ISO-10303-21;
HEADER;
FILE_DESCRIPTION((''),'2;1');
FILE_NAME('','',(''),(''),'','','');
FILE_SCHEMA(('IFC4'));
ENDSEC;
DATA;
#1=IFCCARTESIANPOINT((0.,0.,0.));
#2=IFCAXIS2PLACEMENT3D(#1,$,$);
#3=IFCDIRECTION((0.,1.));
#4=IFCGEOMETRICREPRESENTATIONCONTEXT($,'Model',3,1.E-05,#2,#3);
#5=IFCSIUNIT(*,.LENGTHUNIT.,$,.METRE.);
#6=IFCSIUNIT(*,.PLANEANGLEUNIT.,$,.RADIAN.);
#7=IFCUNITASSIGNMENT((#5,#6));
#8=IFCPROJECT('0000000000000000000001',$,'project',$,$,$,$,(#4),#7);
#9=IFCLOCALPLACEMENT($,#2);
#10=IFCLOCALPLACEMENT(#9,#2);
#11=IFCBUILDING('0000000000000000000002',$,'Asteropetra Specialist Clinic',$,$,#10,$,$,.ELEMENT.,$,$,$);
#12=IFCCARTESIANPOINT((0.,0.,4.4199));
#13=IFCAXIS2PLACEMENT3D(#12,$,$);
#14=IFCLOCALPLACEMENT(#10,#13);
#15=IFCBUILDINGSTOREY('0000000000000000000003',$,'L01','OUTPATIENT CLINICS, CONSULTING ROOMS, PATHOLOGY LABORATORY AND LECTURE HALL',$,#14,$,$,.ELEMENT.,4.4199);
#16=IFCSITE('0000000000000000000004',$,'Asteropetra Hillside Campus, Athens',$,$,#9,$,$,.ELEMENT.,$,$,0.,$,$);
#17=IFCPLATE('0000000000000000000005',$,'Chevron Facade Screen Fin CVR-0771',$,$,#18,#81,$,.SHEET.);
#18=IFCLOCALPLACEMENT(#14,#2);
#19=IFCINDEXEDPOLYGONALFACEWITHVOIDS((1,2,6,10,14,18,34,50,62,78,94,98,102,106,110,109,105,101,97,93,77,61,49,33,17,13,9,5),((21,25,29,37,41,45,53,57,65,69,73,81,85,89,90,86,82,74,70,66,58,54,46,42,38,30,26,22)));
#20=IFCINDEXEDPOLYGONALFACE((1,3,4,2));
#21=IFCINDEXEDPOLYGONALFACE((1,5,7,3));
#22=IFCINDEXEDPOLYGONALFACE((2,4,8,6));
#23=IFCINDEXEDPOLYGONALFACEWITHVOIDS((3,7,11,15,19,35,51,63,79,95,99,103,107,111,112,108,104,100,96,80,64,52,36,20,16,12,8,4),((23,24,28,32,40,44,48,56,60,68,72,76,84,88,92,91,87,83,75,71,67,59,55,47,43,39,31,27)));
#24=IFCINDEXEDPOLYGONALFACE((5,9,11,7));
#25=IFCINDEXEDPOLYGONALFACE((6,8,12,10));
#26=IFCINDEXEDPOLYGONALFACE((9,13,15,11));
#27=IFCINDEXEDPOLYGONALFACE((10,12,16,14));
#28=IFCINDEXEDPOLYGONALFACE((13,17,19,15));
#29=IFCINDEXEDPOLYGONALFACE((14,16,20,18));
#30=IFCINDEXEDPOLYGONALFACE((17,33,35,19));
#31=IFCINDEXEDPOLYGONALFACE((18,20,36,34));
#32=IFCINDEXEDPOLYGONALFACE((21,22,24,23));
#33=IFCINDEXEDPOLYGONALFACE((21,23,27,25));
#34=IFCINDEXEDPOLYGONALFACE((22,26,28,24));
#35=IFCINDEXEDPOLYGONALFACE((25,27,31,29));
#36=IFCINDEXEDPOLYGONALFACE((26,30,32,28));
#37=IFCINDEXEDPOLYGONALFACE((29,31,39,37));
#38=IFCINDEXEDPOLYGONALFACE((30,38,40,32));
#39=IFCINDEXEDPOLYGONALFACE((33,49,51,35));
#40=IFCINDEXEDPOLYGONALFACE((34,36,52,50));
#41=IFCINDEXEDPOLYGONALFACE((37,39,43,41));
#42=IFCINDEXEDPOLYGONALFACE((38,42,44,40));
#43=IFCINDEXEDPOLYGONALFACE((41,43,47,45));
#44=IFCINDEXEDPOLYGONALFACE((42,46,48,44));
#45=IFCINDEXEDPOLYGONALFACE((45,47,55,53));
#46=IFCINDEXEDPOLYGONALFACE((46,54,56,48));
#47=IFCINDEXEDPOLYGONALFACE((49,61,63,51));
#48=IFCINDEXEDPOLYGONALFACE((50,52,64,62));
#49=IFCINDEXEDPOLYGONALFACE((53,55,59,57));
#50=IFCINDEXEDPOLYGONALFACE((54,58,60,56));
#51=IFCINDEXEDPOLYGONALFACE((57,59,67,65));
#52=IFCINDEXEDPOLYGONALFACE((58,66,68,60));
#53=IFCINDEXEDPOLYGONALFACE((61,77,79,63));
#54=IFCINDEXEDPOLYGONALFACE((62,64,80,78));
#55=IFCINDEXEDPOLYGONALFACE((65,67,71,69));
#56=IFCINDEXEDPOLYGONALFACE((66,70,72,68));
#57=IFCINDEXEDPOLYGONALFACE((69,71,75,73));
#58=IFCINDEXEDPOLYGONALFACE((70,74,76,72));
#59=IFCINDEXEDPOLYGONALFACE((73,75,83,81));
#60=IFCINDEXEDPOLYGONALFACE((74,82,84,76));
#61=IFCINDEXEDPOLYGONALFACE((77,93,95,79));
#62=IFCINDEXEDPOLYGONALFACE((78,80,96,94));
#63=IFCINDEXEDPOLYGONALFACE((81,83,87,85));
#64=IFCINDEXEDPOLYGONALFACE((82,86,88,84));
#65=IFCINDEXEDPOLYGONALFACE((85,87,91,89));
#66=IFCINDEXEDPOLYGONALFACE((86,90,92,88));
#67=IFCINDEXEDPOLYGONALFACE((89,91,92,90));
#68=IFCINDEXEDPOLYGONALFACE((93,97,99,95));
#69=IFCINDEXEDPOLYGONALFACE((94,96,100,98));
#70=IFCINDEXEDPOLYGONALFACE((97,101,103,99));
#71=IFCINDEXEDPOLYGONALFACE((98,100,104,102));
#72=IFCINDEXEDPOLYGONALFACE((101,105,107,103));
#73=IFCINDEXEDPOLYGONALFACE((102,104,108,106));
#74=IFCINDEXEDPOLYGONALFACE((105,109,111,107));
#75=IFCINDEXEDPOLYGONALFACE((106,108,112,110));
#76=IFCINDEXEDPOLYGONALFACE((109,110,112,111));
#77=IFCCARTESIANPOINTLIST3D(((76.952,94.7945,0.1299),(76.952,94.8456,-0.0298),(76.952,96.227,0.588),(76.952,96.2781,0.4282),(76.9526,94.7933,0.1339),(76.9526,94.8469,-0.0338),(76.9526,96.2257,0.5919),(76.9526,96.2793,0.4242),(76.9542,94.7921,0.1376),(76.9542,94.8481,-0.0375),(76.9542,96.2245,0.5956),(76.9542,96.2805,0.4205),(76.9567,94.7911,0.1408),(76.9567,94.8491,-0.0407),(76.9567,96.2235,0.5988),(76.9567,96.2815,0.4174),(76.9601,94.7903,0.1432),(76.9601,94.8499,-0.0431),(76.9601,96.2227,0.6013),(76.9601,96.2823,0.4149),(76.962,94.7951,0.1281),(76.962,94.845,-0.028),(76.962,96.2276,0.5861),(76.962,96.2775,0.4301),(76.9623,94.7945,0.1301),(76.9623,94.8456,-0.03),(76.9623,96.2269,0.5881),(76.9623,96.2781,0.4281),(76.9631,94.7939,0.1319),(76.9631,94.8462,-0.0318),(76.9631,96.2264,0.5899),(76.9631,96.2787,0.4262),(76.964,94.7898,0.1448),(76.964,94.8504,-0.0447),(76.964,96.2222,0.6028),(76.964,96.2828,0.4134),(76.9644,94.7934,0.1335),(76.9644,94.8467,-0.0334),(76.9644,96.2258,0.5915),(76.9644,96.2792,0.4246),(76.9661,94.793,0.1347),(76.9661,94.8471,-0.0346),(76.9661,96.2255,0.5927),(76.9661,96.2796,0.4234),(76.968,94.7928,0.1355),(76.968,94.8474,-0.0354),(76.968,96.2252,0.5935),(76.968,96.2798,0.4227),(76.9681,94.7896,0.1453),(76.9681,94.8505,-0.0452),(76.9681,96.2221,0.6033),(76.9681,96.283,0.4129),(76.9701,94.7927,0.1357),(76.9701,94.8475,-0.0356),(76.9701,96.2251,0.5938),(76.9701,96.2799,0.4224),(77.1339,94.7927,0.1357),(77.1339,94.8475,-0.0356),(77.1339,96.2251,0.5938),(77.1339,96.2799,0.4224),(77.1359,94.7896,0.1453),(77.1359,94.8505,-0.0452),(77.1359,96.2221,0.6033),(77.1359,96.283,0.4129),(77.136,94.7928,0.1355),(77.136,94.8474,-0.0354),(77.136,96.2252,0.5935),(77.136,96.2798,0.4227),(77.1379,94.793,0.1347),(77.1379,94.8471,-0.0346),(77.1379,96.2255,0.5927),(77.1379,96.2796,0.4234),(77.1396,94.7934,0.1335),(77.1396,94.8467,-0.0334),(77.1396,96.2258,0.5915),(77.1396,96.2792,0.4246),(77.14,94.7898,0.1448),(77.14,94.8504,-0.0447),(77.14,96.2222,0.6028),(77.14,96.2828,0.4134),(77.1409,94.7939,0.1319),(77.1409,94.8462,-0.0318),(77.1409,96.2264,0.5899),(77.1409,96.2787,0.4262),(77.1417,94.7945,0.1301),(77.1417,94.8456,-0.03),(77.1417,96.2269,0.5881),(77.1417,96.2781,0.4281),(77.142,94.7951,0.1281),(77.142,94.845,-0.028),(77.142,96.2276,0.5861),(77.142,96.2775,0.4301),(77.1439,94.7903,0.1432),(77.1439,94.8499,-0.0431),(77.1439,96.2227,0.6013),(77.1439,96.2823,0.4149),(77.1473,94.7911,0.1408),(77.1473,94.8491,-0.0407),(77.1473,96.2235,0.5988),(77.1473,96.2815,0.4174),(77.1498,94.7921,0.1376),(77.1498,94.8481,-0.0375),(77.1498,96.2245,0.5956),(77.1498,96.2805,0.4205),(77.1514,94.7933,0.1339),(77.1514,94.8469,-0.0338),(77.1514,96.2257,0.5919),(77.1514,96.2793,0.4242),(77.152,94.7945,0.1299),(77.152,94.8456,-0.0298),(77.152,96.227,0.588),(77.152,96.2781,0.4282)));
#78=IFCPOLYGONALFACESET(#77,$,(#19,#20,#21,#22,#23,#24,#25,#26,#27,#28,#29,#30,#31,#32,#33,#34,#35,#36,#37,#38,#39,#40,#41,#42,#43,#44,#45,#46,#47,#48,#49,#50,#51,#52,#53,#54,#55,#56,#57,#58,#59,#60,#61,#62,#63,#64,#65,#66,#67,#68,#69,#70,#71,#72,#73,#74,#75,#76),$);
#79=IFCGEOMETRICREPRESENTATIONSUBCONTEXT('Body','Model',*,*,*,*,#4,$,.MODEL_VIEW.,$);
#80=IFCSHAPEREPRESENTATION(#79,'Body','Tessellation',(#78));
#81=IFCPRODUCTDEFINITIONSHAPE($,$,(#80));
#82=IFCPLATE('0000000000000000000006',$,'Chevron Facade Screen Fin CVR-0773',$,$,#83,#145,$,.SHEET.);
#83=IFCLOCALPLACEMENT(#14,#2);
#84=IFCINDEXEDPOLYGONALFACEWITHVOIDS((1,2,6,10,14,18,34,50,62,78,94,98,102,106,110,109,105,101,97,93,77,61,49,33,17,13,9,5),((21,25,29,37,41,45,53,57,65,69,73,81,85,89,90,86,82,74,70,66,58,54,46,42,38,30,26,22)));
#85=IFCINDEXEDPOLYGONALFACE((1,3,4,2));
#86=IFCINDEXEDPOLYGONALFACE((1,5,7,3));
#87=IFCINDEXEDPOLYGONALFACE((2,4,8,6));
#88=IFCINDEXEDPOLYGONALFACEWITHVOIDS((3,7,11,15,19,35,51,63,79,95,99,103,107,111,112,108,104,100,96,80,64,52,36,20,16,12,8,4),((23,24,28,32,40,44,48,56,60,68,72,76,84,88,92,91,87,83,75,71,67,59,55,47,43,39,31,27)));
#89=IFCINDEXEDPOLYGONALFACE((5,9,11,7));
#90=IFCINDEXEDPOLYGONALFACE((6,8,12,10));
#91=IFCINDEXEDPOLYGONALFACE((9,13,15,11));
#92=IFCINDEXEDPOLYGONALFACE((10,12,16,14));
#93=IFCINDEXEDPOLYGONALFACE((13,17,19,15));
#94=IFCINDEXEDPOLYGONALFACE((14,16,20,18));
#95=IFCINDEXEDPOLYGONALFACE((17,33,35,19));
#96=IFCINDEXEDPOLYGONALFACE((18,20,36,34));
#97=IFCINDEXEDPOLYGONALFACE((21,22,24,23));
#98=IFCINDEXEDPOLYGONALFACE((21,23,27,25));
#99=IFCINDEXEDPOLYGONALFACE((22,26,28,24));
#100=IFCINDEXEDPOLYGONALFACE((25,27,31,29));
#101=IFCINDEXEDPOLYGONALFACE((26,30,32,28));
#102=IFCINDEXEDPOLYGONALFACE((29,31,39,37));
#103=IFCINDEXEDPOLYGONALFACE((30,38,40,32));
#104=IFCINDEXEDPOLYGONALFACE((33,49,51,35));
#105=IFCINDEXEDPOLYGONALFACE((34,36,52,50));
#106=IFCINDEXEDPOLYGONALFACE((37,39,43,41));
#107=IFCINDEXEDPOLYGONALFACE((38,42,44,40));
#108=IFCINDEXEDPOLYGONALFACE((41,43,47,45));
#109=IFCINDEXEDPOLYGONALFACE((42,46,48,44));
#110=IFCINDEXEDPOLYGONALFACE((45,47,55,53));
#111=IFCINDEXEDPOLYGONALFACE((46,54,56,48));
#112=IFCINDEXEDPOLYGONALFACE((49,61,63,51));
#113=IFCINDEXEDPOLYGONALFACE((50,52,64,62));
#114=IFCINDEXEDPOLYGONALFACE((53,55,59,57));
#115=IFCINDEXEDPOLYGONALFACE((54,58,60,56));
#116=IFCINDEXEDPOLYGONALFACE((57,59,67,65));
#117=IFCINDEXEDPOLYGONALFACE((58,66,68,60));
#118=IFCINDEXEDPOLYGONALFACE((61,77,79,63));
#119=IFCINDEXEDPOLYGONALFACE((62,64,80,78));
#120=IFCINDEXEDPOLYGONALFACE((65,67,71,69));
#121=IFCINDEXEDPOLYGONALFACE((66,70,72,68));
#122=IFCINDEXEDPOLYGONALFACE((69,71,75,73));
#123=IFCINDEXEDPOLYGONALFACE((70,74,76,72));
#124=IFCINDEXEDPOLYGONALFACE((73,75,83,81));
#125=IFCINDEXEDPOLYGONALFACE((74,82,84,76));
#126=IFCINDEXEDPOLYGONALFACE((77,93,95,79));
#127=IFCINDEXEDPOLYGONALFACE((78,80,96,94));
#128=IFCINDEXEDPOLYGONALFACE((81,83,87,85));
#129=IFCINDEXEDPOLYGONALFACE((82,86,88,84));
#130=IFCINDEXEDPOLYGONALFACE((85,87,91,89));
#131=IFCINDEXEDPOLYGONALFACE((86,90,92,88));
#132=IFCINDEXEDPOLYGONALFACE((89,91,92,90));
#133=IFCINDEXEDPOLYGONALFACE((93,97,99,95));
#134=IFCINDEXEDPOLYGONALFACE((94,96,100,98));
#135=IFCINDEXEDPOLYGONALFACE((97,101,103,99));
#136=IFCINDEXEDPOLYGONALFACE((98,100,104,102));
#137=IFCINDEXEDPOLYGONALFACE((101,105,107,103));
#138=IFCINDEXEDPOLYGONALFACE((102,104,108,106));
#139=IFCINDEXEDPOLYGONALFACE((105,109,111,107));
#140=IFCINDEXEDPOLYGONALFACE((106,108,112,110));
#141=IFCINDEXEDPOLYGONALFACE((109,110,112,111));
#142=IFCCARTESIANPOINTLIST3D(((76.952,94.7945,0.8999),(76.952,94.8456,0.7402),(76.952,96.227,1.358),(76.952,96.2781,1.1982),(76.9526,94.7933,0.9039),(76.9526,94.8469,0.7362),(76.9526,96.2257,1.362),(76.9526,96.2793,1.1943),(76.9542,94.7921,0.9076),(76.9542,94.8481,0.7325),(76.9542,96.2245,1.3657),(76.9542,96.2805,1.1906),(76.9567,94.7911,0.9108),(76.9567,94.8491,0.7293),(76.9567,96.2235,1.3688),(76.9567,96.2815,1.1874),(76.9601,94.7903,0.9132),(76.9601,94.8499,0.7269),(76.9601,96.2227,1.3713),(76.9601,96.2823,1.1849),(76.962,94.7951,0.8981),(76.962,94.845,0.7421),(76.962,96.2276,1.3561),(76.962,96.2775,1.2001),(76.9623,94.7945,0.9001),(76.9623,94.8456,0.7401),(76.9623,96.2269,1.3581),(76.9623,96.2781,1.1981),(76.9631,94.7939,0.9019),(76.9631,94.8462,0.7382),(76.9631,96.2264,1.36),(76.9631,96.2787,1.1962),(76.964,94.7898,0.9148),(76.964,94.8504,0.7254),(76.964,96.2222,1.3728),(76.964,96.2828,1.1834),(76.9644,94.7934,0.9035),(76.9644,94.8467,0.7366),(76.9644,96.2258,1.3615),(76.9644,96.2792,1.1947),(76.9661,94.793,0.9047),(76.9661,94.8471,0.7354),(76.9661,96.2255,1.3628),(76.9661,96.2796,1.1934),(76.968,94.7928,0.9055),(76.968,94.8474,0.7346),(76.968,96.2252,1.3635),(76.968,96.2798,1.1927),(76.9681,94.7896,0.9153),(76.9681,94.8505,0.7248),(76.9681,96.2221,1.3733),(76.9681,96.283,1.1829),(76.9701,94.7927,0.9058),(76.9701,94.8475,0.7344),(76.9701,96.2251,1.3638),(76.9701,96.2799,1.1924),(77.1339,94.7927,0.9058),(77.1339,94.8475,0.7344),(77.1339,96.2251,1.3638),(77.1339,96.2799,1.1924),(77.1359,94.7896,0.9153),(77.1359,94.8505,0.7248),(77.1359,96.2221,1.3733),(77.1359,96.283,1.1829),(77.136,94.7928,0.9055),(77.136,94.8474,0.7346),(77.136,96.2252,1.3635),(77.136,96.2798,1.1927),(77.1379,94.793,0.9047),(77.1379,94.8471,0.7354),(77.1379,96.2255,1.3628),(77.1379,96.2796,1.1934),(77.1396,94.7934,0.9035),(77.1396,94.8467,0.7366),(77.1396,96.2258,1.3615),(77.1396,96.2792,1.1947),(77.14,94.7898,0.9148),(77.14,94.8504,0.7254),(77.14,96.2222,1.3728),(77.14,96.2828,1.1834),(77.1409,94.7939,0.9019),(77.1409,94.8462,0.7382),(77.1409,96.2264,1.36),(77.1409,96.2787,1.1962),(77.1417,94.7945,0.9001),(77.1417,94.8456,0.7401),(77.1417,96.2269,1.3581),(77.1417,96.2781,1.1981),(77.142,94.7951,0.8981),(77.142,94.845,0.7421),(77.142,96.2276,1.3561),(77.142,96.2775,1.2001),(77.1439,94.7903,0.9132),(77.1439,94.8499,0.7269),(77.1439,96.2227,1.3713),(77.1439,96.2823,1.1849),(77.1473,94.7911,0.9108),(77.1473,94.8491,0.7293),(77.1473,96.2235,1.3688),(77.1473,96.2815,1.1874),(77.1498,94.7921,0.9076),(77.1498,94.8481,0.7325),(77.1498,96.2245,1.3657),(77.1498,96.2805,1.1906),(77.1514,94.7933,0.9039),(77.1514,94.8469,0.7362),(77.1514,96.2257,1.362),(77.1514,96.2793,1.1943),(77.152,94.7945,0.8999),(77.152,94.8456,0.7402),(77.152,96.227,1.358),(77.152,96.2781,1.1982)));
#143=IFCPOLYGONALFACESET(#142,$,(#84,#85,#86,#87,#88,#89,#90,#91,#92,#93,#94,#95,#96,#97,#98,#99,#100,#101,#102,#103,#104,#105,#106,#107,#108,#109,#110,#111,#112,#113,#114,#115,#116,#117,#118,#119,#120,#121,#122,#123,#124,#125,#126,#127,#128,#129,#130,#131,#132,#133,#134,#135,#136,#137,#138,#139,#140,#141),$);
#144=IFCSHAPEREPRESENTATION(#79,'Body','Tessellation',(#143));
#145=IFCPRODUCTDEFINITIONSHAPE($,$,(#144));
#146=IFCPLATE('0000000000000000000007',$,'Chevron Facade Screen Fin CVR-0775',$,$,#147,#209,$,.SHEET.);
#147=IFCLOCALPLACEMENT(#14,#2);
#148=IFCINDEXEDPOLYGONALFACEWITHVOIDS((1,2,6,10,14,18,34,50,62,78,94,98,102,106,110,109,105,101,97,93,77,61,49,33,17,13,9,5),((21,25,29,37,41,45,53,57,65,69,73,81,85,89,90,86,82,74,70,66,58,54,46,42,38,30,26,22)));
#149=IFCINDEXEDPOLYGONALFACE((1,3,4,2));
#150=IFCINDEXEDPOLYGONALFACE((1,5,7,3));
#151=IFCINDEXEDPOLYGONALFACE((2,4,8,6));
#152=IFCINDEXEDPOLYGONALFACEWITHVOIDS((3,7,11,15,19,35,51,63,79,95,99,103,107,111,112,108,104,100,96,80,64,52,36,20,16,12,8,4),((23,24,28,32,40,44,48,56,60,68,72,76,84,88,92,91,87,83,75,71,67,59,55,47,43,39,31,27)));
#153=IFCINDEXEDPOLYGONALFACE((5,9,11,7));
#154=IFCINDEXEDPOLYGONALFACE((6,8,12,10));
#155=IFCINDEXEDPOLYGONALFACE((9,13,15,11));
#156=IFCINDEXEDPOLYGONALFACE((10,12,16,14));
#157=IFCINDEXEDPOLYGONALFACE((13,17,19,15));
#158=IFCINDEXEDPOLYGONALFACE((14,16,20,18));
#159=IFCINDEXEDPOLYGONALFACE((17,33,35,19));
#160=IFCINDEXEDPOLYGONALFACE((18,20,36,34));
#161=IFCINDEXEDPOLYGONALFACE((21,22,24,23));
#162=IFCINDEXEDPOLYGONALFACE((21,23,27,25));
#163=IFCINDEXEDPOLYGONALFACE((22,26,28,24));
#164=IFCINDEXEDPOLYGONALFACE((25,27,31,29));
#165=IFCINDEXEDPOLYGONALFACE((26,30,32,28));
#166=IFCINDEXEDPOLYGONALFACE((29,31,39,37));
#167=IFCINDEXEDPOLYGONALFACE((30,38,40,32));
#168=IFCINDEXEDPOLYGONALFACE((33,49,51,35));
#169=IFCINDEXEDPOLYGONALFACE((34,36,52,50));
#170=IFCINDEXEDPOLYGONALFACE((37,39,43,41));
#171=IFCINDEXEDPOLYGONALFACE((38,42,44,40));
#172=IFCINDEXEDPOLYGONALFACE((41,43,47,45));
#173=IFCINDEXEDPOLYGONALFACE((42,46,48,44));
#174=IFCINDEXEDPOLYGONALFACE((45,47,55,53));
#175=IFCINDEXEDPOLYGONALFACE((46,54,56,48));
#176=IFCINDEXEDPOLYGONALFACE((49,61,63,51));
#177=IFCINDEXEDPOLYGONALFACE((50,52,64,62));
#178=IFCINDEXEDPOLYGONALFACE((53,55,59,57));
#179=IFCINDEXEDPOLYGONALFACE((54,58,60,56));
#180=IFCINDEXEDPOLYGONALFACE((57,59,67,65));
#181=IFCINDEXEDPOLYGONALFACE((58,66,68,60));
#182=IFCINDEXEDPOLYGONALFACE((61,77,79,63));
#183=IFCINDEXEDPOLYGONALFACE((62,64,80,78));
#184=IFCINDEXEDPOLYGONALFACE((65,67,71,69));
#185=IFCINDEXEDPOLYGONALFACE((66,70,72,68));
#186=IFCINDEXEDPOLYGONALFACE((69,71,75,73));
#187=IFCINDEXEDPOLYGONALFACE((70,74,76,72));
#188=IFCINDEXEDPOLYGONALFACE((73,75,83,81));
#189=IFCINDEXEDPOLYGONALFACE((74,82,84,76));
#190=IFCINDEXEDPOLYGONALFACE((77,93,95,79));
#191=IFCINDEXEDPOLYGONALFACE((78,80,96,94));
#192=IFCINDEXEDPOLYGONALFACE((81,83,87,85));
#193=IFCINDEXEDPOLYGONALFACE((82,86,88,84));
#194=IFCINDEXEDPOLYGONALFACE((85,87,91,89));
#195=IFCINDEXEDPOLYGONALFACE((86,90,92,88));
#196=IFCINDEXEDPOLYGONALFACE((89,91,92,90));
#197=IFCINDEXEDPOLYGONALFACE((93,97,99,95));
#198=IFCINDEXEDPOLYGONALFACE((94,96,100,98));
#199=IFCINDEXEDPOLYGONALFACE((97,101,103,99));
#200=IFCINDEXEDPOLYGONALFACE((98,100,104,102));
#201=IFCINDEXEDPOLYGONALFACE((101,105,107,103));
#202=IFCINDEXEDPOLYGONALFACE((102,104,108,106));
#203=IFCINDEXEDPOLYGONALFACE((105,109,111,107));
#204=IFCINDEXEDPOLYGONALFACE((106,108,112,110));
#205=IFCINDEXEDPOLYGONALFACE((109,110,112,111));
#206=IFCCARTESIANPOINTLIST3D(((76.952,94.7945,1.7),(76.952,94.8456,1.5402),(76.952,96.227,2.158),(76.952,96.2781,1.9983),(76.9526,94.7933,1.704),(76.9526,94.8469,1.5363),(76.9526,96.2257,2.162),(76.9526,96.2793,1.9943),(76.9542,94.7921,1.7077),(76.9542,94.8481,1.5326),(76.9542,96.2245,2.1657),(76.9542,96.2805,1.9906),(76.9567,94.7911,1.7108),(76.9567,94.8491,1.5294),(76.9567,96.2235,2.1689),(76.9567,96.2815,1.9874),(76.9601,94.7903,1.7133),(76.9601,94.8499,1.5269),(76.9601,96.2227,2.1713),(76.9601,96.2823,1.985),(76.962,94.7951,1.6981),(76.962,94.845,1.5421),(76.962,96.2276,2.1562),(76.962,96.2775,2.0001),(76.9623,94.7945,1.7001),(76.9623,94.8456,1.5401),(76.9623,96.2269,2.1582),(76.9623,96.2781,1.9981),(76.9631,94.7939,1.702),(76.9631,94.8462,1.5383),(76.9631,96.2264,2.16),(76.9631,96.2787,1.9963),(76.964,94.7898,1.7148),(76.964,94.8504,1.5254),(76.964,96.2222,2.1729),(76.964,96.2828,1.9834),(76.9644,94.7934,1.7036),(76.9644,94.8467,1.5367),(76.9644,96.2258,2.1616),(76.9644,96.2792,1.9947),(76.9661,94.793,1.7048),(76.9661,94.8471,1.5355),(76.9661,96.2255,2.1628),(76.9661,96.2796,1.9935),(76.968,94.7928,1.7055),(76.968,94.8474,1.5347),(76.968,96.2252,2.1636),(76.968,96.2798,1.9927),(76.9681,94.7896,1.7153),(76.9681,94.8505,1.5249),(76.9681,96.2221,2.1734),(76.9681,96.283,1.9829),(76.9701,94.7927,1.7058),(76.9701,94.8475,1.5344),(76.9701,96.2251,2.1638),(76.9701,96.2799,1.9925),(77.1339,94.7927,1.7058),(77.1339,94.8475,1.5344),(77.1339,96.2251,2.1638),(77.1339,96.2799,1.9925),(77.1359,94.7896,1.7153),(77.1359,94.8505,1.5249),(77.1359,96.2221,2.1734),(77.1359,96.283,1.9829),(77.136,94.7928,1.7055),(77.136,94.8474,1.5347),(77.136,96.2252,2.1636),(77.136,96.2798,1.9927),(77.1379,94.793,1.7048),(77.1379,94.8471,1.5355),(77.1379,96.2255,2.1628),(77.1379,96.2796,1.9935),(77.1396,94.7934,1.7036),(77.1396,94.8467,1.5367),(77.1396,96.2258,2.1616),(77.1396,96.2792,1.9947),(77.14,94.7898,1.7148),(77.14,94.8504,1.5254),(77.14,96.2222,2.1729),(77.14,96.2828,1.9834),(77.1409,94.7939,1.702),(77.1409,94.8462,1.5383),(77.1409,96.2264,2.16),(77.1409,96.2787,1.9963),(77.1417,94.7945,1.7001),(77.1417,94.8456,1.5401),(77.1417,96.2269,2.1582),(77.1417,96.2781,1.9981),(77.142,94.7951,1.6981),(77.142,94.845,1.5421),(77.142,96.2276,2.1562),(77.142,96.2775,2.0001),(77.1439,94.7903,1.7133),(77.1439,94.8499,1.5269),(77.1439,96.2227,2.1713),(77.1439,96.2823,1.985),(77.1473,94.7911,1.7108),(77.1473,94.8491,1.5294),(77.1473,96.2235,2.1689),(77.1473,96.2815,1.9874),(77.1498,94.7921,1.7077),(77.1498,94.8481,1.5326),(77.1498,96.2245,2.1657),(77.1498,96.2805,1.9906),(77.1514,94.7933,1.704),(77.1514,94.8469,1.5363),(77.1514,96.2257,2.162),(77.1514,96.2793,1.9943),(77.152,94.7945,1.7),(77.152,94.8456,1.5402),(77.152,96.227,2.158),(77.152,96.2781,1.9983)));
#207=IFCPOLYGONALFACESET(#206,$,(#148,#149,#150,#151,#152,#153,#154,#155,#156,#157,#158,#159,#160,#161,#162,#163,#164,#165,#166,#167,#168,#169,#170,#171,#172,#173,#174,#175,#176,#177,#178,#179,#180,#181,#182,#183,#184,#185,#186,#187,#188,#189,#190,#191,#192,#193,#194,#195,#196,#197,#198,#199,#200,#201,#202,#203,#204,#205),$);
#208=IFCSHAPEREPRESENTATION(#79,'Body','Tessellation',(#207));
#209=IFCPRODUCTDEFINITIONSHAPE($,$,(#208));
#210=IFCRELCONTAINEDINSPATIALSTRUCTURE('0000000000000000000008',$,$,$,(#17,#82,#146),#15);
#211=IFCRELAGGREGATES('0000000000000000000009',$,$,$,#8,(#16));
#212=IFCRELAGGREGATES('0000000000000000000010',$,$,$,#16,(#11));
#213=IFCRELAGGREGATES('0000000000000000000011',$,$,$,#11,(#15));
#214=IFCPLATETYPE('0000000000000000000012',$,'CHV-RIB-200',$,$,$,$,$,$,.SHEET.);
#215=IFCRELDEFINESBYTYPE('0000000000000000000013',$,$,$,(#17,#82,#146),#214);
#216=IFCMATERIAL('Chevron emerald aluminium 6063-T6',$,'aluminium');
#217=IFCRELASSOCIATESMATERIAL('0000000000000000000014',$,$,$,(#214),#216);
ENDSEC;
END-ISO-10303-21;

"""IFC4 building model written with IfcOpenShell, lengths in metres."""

from ifc_helpers import new_model, si_unit, direction, frame, origin, origin_2d, place, context, subcontext, project, spatial, hollow_rectangle, extrude, material, material_profile, profile_set, type_object, element, save


model = new_model("IFC4")

# Units and contexts
model_context = context("Model", 3, precision=1e-05, world=origin(), true_north=direction((0.0, 1.0)))
body_context = subcontext(model_context, "Body", "Model", "MODEL_VIEW")
ifc_project = project(units=[si_unit("LENGTHUNIT", "METRE"), si_unit("PLANEANGLEUNIT", "RADIAN")], contexts=[model_context])

# Site, building, storey
site_placement = place(None, origin())
site = spatial("IfcSite", under=ifc_project, at=site_placement, Name="Asteropetra Hillside Campus, Athens", CompositionType="ELEMENT", RefElevation=0.0)
building_placement = place(site_placement, origin())
building = spatial("IfcBuilding", under=site, at=building_placement, Name="Asteropetra Specialist Clinic", CompositionType="ELEMENT")
storey_placement = place(building_placement, frame((0.0, 0.0, 4.4199)))
storey = spatial("IfcBuildingStorey", under=building, at=storey_placement, Name="L01", Description="OUTPATIENT CLINICS, CONSULTING ROOMS, PATHOLOGY LABORATORY AND LECTURE HALL", CompositionType="ELEMENT", Elevation=4.4199)

# Plates
ifc_material_1 = material(Name="Chevron emerald aluminium 6063-T6", Category="aluminium")
ifc_material_profile = material_profile(ifc_material_1, hollow_rectangle(XDim=0.2, YDim=0.2, WallThickness=0.01, InnerFilletRadius=0.0081, OuterFilletRadius=0.0161, at=origin_2d()), Name="SHS 200x200x10.0")
ifc_profile_set = profile_set([ifc_material_profile], Name="Chevron emerald aluminium 6063-T6")
plate_type_1 = type_object("IfcPlateType", Name="CHV-RIB-200", PredefinedType="SHEET", material=ifc_profile_set)
for number, where, z_axis, x_axis, name in (
    (1, (77.052, 94.8201, 0.05), (0.0, 0.952492, 0.304564), (-1.0, 0.0, 0.0), "Chevron Facade Screen Fin CVR-0771"),
    (2, (77.052, 94.8201, 0.8201), (0.0, 0.952492, 0.304564), (-1.0, 0.0, 0.0), "Chevron Facade Screen Fin CVR-0773"),
    (3, (77.052, 94.8201, 1.6201), (0.0, 0.952492, 0.304564), (-1.0, 0.0, 0.0), "Chevron Facade Screen Fin CVR-0775"),
):
    element("IfcPlate", number, at=place(storey_placement, frame(where, z_axis=z_axis, x_axis=x_axis)), inside=storey, type_object=plate_type_1, Name=name, PredefinedType="SHEET", context=body_context, shape_type="SweptSolid", body=[
        extrude(hollow_rectangle(XDim=0.2, YDim=0.2, WallThickness=0.01, InnerFilletRadius=0.0081, OuterFilletRadius=0.0161, at=origin_2d()), origin(), (0.0, 0.0, 1.0), 1.5039),
    ])

save(model, "model.ifc")
